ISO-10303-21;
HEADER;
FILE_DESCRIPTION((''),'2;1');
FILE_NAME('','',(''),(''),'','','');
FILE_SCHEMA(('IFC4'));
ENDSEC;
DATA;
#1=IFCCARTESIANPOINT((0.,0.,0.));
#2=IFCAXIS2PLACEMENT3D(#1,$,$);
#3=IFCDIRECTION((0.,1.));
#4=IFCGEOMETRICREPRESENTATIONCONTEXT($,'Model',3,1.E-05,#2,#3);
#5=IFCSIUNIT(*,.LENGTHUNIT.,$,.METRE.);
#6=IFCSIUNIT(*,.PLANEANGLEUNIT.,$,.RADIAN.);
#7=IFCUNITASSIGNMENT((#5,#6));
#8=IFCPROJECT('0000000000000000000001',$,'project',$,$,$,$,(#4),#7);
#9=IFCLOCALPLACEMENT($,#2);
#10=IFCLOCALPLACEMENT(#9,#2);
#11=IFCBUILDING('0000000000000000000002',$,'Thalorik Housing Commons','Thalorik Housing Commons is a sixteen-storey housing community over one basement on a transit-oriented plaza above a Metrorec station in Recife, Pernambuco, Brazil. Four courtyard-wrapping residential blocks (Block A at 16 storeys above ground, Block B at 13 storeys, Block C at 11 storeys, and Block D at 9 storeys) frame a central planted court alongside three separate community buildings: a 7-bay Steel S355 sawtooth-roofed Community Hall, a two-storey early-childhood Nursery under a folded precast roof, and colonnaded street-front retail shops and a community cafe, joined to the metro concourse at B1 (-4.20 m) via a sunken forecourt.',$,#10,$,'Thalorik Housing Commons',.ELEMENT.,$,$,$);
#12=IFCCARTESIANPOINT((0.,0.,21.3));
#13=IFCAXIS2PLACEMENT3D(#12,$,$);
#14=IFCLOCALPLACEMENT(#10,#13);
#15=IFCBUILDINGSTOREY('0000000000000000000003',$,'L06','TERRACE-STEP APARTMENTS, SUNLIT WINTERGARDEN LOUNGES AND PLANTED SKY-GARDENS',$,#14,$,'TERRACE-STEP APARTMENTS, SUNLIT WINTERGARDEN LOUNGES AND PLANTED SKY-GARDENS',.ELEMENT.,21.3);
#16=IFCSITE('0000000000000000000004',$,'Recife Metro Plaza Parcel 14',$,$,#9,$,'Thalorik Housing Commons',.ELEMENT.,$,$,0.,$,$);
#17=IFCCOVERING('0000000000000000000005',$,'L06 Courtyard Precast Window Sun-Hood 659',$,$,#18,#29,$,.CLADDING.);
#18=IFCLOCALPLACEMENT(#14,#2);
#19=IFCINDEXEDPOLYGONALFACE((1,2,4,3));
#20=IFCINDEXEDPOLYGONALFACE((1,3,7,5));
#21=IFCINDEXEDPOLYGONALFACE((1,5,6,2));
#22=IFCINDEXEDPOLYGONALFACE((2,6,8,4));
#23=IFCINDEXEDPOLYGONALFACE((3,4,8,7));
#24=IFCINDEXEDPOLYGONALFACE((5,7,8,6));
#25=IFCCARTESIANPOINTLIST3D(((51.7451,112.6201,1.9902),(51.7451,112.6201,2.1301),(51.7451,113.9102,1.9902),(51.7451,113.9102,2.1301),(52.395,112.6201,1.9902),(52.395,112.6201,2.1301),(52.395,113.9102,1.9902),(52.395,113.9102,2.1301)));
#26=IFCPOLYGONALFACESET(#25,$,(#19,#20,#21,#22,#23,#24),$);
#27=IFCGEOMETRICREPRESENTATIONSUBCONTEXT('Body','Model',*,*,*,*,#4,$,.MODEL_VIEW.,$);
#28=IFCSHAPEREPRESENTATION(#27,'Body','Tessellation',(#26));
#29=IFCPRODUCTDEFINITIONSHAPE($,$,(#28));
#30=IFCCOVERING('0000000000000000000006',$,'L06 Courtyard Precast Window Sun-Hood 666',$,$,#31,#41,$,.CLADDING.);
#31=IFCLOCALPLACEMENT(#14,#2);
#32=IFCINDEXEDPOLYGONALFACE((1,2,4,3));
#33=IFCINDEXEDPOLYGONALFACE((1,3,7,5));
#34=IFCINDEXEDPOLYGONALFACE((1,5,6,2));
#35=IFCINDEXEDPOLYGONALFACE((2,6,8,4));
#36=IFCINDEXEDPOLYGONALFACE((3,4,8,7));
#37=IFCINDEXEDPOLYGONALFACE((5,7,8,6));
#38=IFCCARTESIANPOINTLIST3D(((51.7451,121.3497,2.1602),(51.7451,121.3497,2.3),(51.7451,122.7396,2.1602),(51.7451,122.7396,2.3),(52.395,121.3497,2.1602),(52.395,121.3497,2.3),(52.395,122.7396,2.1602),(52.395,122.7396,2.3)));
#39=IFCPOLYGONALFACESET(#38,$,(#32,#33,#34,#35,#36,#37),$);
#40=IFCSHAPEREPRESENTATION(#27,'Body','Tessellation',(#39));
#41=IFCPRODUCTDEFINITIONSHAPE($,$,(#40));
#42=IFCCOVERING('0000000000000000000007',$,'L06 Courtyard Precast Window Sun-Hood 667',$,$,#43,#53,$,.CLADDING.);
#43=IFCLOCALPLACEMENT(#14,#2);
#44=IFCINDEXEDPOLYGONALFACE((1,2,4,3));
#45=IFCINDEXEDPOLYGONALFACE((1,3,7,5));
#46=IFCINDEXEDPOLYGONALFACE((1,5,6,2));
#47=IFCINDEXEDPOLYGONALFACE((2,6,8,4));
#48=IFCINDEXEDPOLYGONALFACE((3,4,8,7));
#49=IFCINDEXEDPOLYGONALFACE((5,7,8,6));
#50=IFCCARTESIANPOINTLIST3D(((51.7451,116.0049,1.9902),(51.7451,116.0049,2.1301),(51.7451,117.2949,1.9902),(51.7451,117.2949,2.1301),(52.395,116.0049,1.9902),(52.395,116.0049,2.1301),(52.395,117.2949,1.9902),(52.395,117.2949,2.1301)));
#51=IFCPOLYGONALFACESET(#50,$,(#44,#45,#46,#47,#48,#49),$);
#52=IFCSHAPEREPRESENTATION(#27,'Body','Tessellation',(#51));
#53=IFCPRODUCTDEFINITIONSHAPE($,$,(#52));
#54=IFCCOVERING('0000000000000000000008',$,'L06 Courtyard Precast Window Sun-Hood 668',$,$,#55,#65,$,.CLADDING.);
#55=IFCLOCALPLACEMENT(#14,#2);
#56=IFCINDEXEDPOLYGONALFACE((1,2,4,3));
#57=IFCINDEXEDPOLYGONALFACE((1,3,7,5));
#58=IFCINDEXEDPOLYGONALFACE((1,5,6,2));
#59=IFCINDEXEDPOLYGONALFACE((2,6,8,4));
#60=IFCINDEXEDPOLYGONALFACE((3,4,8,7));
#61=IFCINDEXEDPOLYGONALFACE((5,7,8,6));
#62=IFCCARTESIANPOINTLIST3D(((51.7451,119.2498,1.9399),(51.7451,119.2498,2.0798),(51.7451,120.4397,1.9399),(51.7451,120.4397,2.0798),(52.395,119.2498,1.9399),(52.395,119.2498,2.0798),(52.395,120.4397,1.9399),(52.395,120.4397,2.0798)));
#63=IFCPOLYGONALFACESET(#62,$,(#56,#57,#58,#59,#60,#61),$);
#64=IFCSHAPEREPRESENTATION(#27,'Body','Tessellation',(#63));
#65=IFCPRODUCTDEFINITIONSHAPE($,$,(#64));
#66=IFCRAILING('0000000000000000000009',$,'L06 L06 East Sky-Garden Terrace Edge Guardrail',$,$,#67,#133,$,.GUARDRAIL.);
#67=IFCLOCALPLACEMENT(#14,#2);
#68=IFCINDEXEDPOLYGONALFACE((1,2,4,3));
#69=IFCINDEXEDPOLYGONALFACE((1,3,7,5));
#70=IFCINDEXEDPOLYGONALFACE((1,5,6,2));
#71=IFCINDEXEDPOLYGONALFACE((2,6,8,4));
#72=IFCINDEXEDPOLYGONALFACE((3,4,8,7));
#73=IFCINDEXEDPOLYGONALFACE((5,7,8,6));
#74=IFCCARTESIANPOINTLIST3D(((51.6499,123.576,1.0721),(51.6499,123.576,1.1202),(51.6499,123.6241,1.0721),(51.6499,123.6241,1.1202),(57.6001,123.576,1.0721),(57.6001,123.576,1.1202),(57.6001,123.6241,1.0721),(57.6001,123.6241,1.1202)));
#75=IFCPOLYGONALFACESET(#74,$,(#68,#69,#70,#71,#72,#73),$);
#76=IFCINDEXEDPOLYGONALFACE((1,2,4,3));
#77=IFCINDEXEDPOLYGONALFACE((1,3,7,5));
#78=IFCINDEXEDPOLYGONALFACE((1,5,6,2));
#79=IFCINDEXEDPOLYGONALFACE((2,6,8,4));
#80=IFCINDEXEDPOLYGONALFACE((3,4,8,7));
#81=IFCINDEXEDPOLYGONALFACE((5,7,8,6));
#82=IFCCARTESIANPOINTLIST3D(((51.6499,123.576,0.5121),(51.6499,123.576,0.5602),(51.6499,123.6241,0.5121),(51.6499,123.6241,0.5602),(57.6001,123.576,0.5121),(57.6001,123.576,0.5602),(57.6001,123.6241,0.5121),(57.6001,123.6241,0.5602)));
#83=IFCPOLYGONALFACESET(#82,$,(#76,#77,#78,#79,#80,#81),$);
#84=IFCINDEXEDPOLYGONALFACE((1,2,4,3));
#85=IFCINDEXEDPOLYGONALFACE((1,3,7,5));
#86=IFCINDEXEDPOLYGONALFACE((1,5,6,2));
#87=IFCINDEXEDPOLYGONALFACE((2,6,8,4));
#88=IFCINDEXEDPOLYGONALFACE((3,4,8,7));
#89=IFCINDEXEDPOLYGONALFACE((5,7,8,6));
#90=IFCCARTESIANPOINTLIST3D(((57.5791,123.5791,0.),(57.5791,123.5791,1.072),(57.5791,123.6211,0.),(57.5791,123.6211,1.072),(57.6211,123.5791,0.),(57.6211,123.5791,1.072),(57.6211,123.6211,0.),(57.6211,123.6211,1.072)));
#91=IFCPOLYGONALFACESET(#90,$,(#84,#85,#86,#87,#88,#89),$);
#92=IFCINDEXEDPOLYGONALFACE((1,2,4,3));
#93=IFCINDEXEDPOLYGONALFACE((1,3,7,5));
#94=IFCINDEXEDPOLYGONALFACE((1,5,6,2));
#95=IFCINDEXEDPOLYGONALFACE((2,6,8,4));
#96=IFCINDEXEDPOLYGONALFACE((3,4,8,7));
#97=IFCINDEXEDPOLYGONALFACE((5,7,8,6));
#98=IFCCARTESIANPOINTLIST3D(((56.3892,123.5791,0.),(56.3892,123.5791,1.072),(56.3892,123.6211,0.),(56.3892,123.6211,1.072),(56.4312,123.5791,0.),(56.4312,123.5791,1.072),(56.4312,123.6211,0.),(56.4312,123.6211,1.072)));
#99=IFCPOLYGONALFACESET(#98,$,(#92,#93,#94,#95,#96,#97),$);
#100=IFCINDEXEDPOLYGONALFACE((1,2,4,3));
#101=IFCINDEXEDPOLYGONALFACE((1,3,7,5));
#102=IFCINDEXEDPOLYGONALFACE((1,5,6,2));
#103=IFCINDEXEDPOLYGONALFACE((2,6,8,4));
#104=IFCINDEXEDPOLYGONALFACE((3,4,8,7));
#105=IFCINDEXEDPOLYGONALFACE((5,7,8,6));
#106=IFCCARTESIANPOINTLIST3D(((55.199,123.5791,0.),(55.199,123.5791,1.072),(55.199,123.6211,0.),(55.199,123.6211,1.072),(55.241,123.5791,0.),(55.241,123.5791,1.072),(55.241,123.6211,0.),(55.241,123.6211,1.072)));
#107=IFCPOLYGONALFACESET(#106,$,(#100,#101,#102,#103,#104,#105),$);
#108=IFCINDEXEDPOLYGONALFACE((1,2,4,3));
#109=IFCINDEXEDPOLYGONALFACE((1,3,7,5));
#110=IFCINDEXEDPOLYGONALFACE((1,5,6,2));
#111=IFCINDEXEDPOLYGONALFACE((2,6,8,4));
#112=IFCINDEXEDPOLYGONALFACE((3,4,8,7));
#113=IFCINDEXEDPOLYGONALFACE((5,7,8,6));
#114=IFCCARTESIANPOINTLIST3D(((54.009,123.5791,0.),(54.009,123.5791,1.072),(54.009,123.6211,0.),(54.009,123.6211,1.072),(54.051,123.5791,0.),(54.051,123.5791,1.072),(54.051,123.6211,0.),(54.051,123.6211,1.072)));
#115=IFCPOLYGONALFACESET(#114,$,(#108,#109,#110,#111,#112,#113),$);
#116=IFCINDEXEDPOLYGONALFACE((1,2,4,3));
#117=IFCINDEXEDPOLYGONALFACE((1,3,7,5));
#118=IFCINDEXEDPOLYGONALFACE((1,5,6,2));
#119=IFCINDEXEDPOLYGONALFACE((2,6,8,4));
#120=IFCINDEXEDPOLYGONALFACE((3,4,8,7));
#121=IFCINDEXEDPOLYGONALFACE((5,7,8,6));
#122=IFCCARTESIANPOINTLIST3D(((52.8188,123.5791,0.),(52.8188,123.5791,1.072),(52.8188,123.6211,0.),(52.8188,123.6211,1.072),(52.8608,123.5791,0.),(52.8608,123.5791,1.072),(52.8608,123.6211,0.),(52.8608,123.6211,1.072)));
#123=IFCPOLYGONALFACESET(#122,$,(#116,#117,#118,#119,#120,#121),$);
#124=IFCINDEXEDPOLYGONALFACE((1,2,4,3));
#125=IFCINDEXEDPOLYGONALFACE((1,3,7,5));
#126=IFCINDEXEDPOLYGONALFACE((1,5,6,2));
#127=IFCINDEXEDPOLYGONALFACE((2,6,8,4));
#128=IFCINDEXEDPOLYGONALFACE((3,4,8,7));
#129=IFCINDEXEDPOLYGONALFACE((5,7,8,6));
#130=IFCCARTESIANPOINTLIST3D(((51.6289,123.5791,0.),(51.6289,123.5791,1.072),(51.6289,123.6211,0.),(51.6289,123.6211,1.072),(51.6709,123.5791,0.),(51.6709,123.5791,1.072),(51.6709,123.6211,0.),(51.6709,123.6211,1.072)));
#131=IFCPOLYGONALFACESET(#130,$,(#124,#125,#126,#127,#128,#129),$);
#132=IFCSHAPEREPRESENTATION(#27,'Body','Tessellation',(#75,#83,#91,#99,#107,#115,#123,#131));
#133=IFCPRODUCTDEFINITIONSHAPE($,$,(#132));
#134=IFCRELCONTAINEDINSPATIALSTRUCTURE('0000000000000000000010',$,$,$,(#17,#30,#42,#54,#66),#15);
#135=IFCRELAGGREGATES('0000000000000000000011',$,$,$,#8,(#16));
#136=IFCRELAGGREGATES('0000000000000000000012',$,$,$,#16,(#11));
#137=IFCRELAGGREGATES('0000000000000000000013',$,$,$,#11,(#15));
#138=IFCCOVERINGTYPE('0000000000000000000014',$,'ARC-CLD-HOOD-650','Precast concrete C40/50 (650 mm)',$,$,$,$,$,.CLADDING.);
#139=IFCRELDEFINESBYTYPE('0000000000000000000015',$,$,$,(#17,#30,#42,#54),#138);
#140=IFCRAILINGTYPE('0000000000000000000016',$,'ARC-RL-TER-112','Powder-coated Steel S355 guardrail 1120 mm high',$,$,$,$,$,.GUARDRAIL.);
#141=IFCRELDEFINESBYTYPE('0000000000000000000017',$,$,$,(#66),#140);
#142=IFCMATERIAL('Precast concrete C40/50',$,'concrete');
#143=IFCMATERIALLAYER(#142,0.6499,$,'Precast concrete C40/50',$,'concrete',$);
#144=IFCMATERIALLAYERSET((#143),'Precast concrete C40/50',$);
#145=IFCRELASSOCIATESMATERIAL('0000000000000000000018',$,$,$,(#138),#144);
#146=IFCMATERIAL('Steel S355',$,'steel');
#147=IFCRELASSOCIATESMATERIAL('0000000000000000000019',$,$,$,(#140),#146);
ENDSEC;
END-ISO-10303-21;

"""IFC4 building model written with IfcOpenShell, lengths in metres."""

from ifc_helpers import new_model, si_unit, direction, frame, origin, origin_2d, place, context, subcontext, project, spatial, rectangle, extrude, material, layer, layer_set, type_object, element, save


model = new_model("IFC4")

# Units and contexts
model_context = context("Model", 3, precision=1e-05, world=origin(), true_north=direction((0.0, 1.0)))
body_context = subcontext(model_context, "Body", "Model", "MODEL_VIEW")
ifc_project = project(units=[si_unit("LENGTHUNIT", "METRE"), si_unit("PLANEANGLEUNIT", "RADIAN")], contexts=[model_context])

# Site, building, storey
site_placement = place(None, origin())
site = spatial("IfcSite", under=ifc_project, at=site_placement, Name="Recife Metro Plaza Parcel 14", LongName="Thalorik Housing Commons", CompositionType="ELEMENT", RefElevation=0.0)
building_placement = place(site_placement, origin())
building = spatial("IfcBuilding", under=site, at=building_placement, Name="Thalorik Housing Commons", Description="Thalorik Housing Commons is a sixteen-storey housing community over one basement on a transit-oriented plaza above a Metrorec station in Recife, Pernambuco, Brazil. Four courtyard-wrapping residential blocks (Block A at 16 storeys above ground, Block B at 13 storeys, Block C at 11 storeys, and Block D at 9 storeys) frame a central planted court alongside three separate community buildings: a 7-bay Steel S355 sawtooth-roofed Community Hall, a two-storey early-childhood Nursery under a folded precast roof, and colonnaded street-front retail shops and a community cafe, joined to the metro concourse at B1 (-4.20 m) via a sunken forecourt.", LongName="Thalorik Housing Commons", CompositionType="ELEMENT")
storey_placement = place(building_placement, frame((0.0, 0.0, 21.3)))
storey = spatial("IfcBuildingStorey", under=building, at=storey_placement, Name="L06", Description="TERRACE-STEP APARTMENTS, SUNLIT WINTERGARDEN LOUNGES AND PLANTED SKY-GARDENS", LongName="TERRACE-STEP APARTMENTS, SUNLIT WINTERGARDEN LOUNGES AND PLANTED SKY-GARDENS", CompositionType="ELEMENT", Elevation=21.3)

# Coverings
ifc_material_1 = material(Name="Precast concrete C40/50", Category="concrete")
ifc_layer_1 = layer(ifc_material_1, 0.6499, Name="Precast concrete C40/50", Category="concrete")
ifc_layer_set_1 = layer_set([ifc_layer_1], Name="Precast concrete C40/50")
covering_type_1 = type_object("IfcCoveringType", Name="ARC-CLD-HOOD-650", Description="Precast concrete C40/50 (650 mm)", PredefinedType="CLADDING", material=ifc_layer_set_1)
covering_1_placement = place(storey_placement, frame((52.0701, 113.2651, 1.9902), z_axis=(0.0, 0.0, 1.0), x_axis=(0.0, 1.0, 0.0)))
element("IfcCovering", 1, at=covering_1_placement, inside=storey, type_object=covering_type_1, Name="L06 Courtyard Precast Window Sun-Hood 659", PredefinedType="CLADDING", context=body_context, shape_type="SweptSolid", body=[
    extrude(rectangle(XDim=1.29, YDim=0.6499, at=origin_2d()), origin(), (0.0, 0.0, 1.0), 0.1399),
])
covering_2_placement = place(storey_placement, frame((52.0701, 122.0447, 2.1602), z_axis=(0.0, 0.0, 1.0), x_axis=(0.0, 1.0, 0.0)))
element("IfcCovering", 2, at=covering_2_placement, inside=storey, type_object=covering_type_1, Name="L06 Courtyard Precast Window Sun-Hood 666", PredefinedType="CLADDING", context=body_context, shape_type="SweptSolid", body=[
    extrude(rectangle(XDim=1.3899, YDim=0.6499, at=origin_2d()), origin(), (0.0, 0.0, 1.0), 0.1399),
])
covering_3_placement = place(storey_placement, frame((52.0701, 116.6499, 1.9902), z_axis=(0.0, 0.0, 1.0), x_axis=(0.0, 1.0, 0.0)))
element("IfcCovering", 3, at=covering_3_placement, inside=storey, type_object=covering_type_1, Name="L06 Courtyard Precast Window Sun-Hood 667", PredefinedType="CLADDING", context=body_context, shape_type="SweptSolid", body=[
    extrude(rectangle(XDim=1.29, YDim=0.6499, at=origin_2d()), origin(), (0.0, 0.0, 1.0), 0.1399),
])
covering_4_placement = place(storey_placement, frame((52.0701, 119.8447, 1.9399), z_axis=(0.0, 0.0, 1.0), x_axis=(0.0, 1.0, 0.0)))
element("IfcCovering", 4, at=covering_4_placement, inside=storey, type_object=covering_type_1, Name="L06 Courtyard Precast Window Sun-Hood 668", PredefinedType="CLADDING", context=body_context, shape_type="SweptSolid", body=[
    extrude(rectangle(XDim=1.1899, YDim=0.6499, at=origin_2d()), origin(), (0.0, 0.0, 1.0), 0.1399),
])

# Railing
ifc_material_2 = material(Name="Steel S355", Category="steel")
railing_type_1 = type_object("IfcRailingType", Name="ARC-RL-TER-112", Description="Powder-coated Steel S355 guardrail 1120 mm high", PredefinedType="GUARDRAIL", material=ifc_material_2)
railing_1_placement = place(storey_placement, frame((57.6001, 123.6001, 0.0)))
element("IfcRailing", 5, at=railing_1_placement, inside=storey, type_object=railing_type_1, Name="L06 L06 East Sky-Garden Terrace Edge Guardrail", PredefinedType="GUARDRAIL", context=body_context, shape_type="SweptSolid", body=[
    extrude(rectangle(XDim=0.0481, YDim=0.0481, at=origin_2d()), frame((0.0, 0.0, 1.0962), z_axis=(-1.0, 0.0, 0.0), x_axis=(0.0, -1.0, 0.0)), (0.0, 0.0, 1.0), 5.9502),
    extrude(rectangle(XDim=0.0481, YDim=0.0481, at=origin_2d()), frame((0.0, 0.0, 0.5361), z_axis=(-1.0, 0.0, 0.0), x_axis=(0.0, -1.0, 0.0)), (0.0, 0.0, 1.0), 5.9502),
    extrude(rectangle(XDim=0.042, YDim=0.042, at=origin_2d()), origin(), (0.0, 0.0, 1.0), 1.072),
    extrude(rectangle(XDim=0.042, YDim=0.042, at=origin_2d()), frame((-1.1899, 0.0, 0.0)), (0.0, 0.0, 1.0), 1.072),
    extrude(rectangle(XDim=0.042, YDim=0.042, at=origin_2d()), frame((-2.3801, 0.0, 0.0)), (0.0, 0.0, 1.0), 1.072),
    extrude(rectangle(XDim=0.042, YDim=0.042, at=origin_2d()), frame((-3.5701, 0.0, 0.0)), (0.0, 0.0, 1.0), 1.072),
    extrude(rectangle(XDim=0.042, YDim=0.042, at=origin_2d()), frame((-4.7603, 0.0, 0.0)), (0.0, 0.0, 1.0), 1.072),
    extrude(rectangle(XDim=0.042, YDim=0.042, at=origin_2d()), frame((-5.9502, 0.0, 0.0)), (0.0, 0.0, 1.0), 1.072),
])

save(model, "model.ifc")
